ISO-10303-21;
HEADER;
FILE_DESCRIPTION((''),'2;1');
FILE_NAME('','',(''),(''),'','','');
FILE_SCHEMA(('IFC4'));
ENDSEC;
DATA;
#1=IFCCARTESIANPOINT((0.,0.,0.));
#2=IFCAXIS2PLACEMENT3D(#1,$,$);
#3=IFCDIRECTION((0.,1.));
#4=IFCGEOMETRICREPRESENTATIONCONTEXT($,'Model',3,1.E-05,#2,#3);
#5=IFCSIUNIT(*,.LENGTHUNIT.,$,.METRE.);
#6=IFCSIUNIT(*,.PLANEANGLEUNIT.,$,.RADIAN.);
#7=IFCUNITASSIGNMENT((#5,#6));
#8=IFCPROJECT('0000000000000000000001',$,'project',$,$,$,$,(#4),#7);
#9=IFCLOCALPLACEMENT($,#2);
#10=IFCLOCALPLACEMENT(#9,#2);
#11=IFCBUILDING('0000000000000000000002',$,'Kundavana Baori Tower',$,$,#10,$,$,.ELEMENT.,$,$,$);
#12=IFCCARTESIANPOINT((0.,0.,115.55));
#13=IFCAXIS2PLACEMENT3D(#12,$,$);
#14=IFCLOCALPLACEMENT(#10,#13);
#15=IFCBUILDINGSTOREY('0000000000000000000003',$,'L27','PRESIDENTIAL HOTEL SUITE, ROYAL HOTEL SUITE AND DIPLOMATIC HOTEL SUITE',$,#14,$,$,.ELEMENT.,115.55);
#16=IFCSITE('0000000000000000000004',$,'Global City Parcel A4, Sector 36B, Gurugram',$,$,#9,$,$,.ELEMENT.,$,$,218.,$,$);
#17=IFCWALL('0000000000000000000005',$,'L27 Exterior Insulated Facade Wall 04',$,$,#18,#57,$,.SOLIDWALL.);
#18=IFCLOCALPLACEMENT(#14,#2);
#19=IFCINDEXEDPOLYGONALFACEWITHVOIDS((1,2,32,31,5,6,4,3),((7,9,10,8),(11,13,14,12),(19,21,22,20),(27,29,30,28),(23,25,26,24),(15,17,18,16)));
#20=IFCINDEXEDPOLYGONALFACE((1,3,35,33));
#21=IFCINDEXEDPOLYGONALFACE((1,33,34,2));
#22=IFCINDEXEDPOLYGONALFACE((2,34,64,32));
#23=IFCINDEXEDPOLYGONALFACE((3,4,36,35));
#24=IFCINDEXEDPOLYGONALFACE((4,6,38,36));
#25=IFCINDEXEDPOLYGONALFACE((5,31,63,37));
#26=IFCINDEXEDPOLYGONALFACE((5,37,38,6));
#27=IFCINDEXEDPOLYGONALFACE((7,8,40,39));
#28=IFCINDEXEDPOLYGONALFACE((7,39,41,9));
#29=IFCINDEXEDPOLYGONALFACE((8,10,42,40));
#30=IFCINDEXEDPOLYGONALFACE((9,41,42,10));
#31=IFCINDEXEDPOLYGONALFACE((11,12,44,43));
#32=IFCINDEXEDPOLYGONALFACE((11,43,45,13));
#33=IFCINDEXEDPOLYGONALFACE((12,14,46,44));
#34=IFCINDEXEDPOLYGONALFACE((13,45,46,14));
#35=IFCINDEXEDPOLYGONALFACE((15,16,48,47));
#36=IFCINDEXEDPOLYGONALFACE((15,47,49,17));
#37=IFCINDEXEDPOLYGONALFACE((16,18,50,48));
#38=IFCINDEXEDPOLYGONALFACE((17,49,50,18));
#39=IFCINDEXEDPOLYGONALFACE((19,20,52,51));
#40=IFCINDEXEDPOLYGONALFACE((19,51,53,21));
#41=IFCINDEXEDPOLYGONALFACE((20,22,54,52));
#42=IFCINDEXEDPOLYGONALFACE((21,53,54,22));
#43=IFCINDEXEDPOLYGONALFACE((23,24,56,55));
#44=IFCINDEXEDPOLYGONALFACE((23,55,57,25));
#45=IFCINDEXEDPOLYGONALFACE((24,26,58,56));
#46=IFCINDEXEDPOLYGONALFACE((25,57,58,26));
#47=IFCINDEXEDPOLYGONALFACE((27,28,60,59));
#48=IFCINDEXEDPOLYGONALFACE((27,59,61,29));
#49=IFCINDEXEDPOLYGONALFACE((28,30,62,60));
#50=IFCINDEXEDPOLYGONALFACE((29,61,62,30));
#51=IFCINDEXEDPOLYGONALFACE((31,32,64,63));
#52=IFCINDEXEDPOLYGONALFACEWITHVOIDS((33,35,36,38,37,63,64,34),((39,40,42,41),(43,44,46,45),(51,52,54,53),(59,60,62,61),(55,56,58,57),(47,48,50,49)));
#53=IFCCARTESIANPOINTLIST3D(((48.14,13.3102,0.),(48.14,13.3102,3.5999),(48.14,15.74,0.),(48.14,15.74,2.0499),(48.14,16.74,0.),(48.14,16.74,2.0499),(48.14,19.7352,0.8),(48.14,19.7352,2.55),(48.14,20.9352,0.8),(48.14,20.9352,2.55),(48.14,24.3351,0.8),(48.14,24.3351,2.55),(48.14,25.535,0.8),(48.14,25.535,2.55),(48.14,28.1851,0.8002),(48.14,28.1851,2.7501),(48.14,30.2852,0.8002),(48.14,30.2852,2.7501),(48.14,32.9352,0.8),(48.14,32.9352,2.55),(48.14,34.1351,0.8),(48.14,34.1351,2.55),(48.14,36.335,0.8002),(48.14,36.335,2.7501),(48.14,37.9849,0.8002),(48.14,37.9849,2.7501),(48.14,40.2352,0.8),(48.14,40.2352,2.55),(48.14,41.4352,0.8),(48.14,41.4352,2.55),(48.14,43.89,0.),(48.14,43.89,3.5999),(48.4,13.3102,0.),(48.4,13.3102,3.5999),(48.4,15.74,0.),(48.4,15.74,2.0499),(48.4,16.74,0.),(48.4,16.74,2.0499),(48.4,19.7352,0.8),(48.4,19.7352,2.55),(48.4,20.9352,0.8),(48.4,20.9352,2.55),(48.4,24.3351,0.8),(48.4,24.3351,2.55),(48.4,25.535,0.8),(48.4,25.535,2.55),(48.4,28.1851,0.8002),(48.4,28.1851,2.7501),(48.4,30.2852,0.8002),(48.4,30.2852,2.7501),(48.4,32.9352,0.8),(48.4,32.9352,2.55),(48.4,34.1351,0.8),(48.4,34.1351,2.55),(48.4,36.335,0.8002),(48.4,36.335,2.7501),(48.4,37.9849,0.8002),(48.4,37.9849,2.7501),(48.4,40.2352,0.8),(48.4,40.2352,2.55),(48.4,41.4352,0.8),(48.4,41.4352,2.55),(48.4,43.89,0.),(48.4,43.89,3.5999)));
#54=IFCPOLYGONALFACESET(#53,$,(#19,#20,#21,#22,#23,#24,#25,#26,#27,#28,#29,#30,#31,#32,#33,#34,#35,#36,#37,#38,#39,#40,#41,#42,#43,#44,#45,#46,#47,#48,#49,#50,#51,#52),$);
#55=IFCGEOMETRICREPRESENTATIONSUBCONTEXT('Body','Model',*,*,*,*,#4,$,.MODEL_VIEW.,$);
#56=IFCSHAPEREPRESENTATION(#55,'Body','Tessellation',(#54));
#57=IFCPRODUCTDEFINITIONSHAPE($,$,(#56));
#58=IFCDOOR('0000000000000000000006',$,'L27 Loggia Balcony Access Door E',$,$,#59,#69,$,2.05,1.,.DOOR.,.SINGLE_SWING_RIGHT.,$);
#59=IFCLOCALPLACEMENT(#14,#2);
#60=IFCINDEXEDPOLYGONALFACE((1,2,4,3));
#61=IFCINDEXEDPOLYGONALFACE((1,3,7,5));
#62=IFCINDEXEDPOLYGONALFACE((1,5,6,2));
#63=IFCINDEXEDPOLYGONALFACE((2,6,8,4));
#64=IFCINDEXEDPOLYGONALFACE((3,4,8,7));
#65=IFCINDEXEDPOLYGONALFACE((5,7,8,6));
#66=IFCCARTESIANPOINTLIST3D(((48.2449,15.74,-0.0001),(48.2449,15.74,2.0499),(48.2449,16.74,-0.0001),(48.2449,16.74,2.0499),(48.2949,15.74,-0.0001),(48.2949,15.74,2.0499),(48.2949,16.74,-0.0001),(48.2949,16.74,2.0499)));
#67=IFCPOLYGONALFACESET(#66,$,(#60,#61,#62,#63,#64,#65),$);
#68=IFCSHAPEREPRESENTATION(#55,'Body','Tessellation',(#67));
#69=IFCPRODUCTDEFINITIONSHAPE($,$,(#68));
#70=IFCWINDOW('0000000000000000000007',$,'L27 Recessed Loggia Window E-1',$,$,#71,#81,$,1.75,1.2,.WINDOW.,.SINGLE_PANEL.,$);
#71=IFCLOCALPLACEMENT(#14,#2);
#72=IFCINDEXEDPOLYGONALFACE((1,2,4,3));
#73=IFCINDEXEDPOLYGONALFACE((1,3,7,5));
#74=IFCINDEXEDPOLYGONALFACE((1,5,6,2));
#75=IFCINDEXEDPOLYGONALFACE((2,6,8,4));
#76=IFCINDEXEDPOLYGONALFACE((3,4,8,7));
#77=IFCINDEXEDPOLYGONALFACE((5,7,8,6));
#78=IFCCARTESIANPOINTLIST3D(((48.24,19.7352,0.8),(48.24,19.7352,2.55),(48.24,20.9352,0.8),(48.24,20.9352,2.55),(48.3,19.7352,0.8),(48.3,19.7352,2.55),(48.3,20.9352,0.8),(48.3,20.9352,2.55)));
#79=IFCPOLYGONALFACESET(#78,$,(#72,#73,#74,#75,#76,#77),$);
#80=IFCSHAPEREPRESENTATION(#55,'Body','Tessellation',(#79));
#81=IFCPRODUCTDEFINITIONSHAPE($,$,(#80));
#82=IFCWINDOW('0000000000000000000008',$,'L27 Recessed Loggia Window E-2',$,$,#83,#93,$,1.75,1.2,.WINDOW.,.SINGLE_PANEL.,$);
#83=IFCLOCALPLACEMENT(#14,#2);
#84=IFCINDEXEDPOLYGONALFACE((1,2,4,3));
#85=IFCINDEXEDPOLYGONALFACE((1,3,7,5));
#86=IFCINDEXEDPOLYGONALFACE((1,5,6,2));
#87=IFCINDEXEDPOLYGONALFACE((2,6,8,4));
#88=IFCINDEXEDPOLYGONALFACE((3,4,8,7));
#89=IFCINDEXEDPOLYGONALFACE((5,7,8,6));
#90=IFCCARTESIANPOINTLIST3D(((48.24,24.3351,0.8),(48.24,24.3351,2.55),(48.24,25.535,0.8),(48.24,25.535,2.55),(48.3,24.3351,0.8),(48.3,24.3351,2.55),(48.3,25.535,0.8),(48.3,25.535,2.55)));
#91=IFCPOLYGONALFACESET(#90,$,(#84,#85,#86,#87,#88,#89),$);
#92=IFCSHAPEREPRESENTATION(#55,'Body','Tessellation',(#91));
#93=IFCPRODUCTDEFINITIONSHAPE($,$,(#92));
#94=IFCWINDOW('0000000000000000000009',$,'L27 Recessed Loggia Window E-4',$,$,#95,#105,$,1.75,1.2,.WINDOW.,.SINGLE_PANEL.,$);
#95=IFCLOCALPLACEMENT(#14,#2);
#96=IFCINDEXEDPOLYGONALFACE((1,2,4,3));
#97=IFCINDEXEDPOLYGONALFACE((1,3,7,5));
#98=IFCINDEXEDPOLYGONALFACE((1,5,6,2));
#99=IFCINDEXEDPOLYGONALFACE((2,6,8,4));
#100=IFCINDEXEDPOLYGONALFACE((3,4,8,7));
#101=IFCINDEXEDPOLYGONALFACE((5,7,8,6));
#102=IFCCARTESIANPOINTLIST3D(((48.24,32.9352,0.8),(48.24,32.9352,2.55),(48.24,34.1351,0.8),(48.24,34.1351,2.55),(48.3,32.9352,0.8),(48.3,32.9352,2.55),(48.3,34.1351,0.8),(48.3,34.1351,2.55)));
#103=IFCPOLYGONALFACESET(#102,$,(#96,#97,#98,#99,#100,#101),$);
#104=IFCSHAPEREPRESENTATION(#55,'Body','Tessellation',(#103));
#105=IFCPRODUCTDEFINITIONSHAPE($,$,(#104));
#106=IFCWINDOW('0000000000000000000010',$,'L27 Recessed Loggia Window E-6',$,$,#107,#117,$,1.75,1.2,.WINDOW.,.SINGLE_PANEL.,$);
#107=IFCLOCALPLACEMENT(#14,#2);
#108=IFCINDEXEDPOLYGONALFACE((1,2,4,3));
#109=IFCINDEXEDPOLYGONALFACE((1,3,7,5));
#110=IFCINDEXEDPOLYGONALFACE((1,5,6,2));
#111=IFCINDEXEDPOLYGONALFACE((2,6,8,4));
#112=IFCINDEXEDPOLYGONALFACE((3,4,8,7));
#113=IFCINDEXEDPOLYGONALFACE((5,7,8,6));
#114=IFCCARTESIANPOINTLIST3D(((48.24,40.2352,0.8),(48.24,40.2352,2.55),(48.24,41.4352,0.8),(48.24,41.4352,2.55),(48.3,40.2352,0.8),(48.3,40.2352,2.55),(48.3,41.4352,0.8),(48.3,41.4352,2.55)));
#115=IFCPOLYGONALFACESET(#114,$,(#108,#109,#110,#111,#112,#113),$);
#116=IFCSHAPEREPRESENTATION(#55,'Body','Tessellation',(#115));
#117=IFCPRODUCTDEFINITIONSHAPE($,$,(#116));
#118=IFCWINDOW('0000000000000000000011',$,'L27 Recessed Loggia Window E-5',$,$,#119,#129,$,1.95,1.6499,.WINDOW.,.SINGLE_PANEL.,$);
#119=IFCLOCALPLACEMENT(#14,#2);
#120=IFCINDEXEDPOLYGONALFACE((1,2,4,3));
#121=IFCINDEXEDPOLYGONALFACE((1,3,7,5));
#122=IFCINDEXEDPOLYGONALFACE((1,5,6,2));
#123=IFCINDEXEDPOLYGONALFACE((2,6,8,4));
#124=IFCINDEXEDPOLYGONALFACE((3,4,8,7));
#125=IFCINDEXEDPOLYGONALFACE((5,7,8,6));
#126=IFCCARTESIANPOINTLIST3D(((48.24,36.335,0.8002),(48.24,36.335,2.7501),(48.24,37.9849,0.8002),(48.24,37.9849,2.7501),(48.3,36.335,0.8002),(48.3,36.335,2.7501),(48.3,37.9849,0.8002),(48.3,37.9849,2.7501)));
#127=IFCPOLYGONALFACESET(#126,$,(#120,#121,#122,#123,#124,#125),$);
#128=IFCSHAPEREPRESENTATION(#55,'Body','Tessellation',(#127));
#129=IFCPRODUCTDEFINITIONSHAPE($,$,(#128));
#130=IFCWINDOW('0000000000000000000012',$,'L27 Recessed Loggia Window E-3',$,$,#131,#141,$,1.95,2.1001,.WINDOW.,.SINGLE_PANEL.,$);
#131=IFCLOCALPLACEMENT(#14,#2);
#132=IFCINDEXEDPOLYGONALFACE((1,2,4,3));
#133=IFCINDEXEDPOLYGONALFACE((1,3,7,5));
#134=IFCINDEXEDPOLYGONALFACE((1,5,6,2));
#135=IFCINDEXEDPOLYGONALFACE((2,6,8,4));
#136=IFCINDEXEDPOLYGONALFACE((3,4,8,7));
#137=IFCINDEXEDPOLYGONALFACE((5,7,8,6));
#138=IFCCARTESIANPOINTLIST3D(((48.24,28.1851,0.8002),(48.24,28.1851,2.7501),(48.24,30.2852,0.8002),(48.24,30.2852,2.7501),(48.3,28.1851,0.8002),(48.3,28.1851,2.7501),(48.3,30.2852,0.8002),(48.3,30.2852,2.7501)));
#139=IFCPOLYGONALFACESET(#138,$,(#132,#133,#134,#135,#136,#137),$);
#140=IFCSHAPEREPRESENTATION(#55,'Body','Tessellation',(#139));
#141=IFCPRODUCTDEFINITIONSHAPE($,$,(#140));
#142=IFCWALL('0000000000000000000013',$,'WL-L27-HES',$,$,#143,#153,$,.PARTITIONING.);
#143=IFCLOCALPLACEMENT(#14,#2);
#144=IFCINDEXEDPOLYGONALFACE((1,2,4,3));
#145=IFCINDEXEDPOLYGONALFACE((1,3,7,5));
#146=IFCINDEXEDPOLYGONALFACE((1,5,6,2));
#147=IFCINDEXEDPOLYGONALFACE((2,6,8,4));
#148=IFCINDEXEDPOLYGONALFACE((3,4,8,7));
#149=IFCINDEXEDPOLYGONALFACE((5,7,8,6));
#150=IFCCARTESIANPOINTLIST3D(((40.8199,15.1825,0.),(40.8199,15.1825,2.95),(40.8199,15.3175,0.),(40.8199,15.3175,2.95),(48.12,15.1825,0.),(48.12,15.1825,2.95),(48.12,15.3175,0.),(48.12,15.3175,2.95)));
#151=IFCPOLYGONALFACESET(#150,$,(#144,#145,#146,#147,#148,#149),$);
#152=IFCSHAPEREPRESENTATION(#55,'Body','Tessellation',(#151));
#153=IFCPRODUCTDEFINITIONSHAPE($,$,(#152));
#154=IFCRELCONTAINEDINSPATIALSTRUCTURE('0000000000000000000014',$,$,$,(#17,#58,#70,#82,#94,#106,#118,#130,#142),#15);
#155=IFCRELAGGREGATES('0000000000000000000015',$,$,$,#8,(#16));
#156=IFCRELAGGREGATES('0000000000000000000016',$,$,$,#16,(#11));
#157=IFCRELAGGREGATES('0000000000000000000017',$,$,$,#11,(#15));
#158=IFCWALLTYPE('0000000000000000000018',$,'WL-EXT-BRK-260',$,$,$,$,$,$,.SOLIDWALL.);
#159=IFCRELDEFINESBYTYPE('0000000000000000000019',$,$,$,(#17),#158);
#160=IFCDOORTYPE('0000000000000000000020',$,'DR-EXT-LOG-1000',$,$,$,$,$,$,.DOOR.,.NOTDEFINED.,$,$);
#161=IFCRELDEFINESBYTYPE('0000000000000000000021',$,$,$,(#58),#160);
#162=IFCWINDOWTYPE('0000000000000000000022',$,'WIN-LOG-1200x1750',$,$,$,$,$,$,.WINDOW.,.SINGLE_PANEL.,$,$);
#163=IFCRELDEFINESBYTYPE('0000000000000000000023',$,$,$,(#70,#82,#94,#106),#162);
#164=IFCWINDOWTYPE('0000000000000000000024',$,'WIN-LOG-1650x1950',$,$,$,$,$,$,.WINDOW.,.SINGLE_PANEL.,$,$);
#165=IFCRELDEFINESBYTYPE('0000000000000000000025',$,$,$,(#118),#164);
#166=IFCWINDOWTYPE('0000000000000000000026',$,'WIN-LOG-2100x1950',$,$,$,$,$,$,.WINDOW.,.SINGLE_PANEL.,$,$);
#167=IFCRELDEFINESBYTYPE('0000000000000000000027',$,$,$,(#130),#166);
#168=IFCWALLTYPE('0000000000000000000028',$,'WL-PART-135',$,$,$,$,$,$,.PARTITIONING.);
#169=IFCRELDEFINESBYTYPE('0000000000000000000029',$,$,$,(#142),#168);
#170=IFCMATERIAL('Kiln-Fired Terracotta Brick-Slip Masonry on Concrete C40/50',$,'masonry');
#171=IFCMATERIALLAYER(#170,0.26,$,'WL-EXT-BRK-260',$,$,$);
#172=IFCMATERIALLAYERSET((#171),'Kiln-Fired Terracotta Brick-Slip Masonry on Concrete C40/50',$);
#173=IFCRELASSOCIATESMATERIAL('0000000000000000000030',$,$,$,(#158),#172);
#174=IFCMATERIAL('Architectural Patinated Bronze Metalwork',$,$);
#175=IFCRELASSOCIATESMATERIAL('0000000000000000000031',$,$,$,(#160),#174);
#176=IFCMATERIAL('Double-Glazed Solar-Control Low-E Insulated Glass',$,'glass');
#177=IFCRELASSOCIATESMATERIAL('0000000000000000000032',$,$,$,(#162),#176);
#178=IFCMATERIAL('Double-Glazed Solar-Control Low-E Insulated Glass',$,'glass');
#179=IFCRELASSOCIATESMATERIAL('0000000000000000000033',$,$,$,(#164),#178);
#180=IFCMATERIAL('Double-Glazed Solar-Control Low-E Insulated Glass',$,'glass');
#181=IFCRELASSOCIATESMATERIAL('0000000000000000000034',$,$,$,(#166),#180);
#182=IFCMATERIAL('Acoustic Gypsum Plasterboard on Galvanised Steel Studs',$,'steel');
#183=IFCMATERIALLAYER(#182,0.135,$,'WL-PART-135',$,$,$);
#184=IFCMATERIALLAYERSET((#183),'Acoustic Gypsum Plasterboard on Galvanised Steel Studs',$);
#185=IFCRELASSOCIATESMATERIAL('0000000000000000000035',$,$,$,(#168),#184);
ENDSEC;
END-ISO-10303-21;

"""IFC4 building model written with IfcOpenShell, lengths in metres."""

from ifc_helpers import new_model, si_unit, direction, frame, frame_2d, origin, place, context, subcontext, project, spatial, rectangle, extrude, material, layer, layer_set, type_object, element, fill, save


model = new_model("IFC4")

# Units and contexts
model_context = context("Model", 3, precision=1e-05, world=origin(), true_north=direction((0.0, 1.0)))
body_context = subcontext(model_context, "Body", "Model", "MODEL_VIEW")
ifc_project = project(units=[si_unit("LENGTHUNIT", "METRE"), si_unit("PLANEANGLEUNIT", "RADIAN")], contexts=[model_context])

# Site, building, storey
site_placement = place(None, origin())
site = spatial("IfcSite", under=ifc_project, at=site_placement, Name="Global City Parcel A4, Sector 36B, Gurugram", CompositionType="ELEMENT", RefElevation=218.0)
building_placement = place(site_placement, origin())
building = spatial("IfcBuilding", under=site, at=building_placement, Name="Kundavana Baori Tower", CompositionType="ELEMENT")
storey_placement = place(building_placement, frame((0.0, 0.0, 115.55)))
storey = spatial("IfcBuildingStorey", under=building, at=storey_placement, Name="L27", Description="PRESIDENTIAL HOTEL SUITE, ROYAL HOTEL SUITE AND DIPLOMATIC HOTEL SUITE", CompositionType="ELEMENT", Elevation=115.55)

# Shared definitions
ifc_material_1 = material(Name="Kiln-Fired Terracotta Brick-Slip Masonry on Concrete C40/50", Category="masonry")
ifc_layer_1 = layer(ifc_material_1, 0.26, Name="WL-EXT-BRK-260")
ifc_layer_set_1 = layer_set([ifc_layer_1], Name="Kiln-Fired Terracotta Brick-Slip Masonry on Concrete C40/50")
wall_type_1 = type_object("IfcWallType", Name="WL-EXT-BRK-260", PredefinedType="SOLIDWALL", material=ifc_layer_set_1)

# Wall, openings, door, windows
wall_1_placement = place(storey_placement, frame((48.27, 13.3101, 0.0), z_axis=(0.0, 0.0, 1.0), x_axis=(0.0, 1.0, 0.0)))
wall_1 = element("IfcWall", 1, at=wall_1_placement, inside=storey, type_object=wall_type_1, Name="L27 Exterior Insulated Facade Wall 04", PredefinedType="SOLIDWALL", context=body_context, shape_type="SweptSolid", body=[
    extrude(rectangle(XDim=30.5798, YDim=0.26, at=frame_2d((15.29, 0.0))), origin(), (0.0, 0.0, 1.0), 3.5999),
])
opening_1_placement = place(wall_1_placement, frame((2.4299, 0.0, 0.0)))
opening_1 = element("IfcOpeningElement", 2, at=opening_1_placement, cuts=wall_1, PredefinedType="OPENING", context=body_context, shape_type="SweptSolid", body=[
    extrude(rectangle(XDim=1.0, YDim=2.05, at=frame_2d((0.5, 1.0249))), frame((0.0, 0.1401, 0.0), z_axis=(0.0, -1.0, 0.0), x_axis=(1.0, 0.0, 0.0)), (0.0, 0.0, 1.0), 0.28),
])
opening_2_placement = place(wall_1_placement, frame((6.425, 0.0, 0.8)))
opening_2 = element("IfcOpeningElement", 3, at=opening_2_placement, cuts=wall_1, PredefinedType="OPENING", context=body_context, shape_type="SweptSolid", body=[
    extrude(rectangle(XDim=1.2, YDim=1.75, at=frame_2d((0.6001, 0.875))), frame((0.0, 0.1401, 0.0), z_axis=(0.0, -1.0, 0.0), x_axis=(1.0, 0.0, 0.0)), (0.0, 0.0, 1.0), 0.28),
])
opening_3_placement = place(wall_1_placement, frame((11.0249, 0.0, 0.8)))
opening_3 = element("IfcOpeningElement", 4, at=opening_3_placement, cuts=wall_1, PredefinedType="OPENING", context=body_context, shape_type="SweptSolid", body=[
    extrude(rectangle(XDim=1.2, YDim=1.75, at=frame_2d((0.6001, 0.875))), frame((0.0, 0.1401, 0.0), z_axis=(0.0, -1.0, 0.0), x_axis=(1.0, 0.0, 0.0)), (0.0, 0.0, 1.0), 0.28),
])
opening_4_placement = place(wall_1_placement, frame((14.875, 0.0, 0.8)))
opening_4 = element("IfcOpeningElement", 5, at=opening_4_placement, cuts=wall_1, PredefinedType="OPENING", context=body_context, shape_type="SweptSolid", body=[
    extrude(rectangle(XDim=2.1001, YDim=1.95, at=frame_2d((1.05, 0.9751))), frame((0.0, 0.1401, 0.0), z_axis=(0.0, -1.0, 0.0), x_axis=(1.0, 0.0, 0.0)), (0.0, 0.0, 1.0), 0.28),
])
opening_5_placement = place(wall_1_placement, frame((19.625, 0.0, 0.8)))
opening_5 = element("IfcOpeningElement", 6, at=opening_5_placement, cuts=wall_1, PredefinedType="OPENING", context=body_context, shape_type="SweptSolid", body=[
    extrude(rectangle(XDim=1.2, YDim=1.75, at=frame_2d((0.6001, 0.875))), frame((0.0, 0.1401, 0.0), z_axis=(0.0, -1.0, 0.0), x_axis=(1.0, 0.0, 0.0)), (0.0, 0.0, 1.0), 0.28),
])
opening_6_placement = place(wall_1_placement, frame((23.0249, 0.0, 0.8)))
opening_6 = element("IfcOpeningElement", 7, at=opening_6_placement, cuts=wall_1, PredefinedType="OPENING", context=body_context, shape_type="SweptSolid", body=[
    extrude(rectangle(XDim=1.6499, YDim=1.95, at=frame_2d((0.825, 0.9751))), frame((0.0, 0.1401, 0.0), z_axis=(0.0, -1.0, 0.0), x_axis=(1.0, 0.0, 0.0)), (0.0, 0.0, 1.0), 0.28),
])
opening_7_placement = place(wall_1_placement, frame((26.925, 0.0, 0.8)))
opening_7 = element("IfcOpeningElement", 8, at=opening_7_placement, cuts=wall_1, PredefinedType="OPENING", context=body_context, shape_type="SweptSolid", body=[
    extrude(rectangle(XDim=1.2, YDim=1.75, at=frame_2d((0.6001, 0.875))), frame((0.0, 0.1401, 0.0), z_axis=(0.0, -1.0, 0.0), x_axis=(1.0, 0.0, 0.0)), (0.0, 0.0, 1.0), 0.28),
])
ifc_material_2 = material(Name="Architectural Patinated Bronze Metalwork")
door_type_1 = type_object("IfcDoorType", Name="DR-EXT-LOG-1000", OperationType="NOTDEFINED", PredefinedType="DOOR", material=ifc_material_2)
door_1_placement = place(opening_1_placement, frame((1.0, 0.0, 0.0), z_axis=(0.0, 0.0, 1.0), x_axis=(-1.0, 0.0, 0.0)))
door_1 = element("IfcDoor", 9, at=door_1_placement, inside=storey, type_object=door_type_1, Name="L27 Loggia Balcony Access Door E", OperationType="SINGLE_SWING_RIGHT", OverallHeight=2.05, OverallWidth=1.0, PredefinedType="DOOR", context=body_context, shape_type="SweptSolid", body=[
    extrude(rectangle(XDim=1.0, YDim=2.05, at=frame_2d((0.5, 1.0249))), frame((0.0, 0.0249, 0.0), z_axis=(0.0, -1.0, 0.0), x_axis=(1.0, 0.0, 0.0)), (0.0, 0.0, 1.0), 0.05),
])
fill(opening_1, door_1)
ifc_material_3 = material(Name="Double-Glazed Solar-Control Low-E Insulated Glass", Category="glass")
window_type_1 = type_object("IfcWindowType", Name="WIN-LOG-1200x1750", PartitioningType="SINGLE_PANEL", PredefinedType="WINDOW", material=ifc_material_3)
window_1_placement = place(opening_2_placement, origin())
window_1 = element("IfcWindow", 10, at=window_1_placement, inside=storey, type_object=window_type_1, Name="L27 Recessed Loggia Window E-1", OverallHeight=1.75, OverallWidth=1.2, PartitioningType="SINGLE_PANEL", PredefinedType="WINDOW", context=body_context, shape_type="SweptSolid", body=[
    extrude(rectangle(XDim=1.2, YDim=1.75, at=frame_2d((0.6001, 0.875))), frame((0.0, 0.03, 0.0), z_axis=(0.0, -1.0, 0.0), x_axis=(1.0, 0.0, 0.0)), (0.0, 0.0, 1.0), 0.0601),
])
fill(opening_2, window_1)
window_2_placement = place(opening_3_placement, origin())
window_2 = element("IfcWindow", 11, at=window_2_placement, inside=storey, type_object=window_type_1, Name="L27 Recessed Loggia Window E-2", OverallHeight=1.75, OverallWidth=1.2, PartitioningType="SINGLE_PANEL", PredefinedType="WINDOW", context=body_context, shape_type="SweptSolid", body=[
    extrude(rectangle(XDim=1.2, YDim=1.75, at=frame_2d((0.6001, 0.875))), frame((0.0, 0.03, 0.0), z_axis=(0.0, -1.0, 0.0), x_axis=(1.0, 0.0, 0.0)), (0.0, 0.0, 1.0), 0.0601),
])
fill(opening_3, window_2)
window_3_placement = place(opening_5_placement, origin())
window_3 = element("IfcWindow", 12, at=window_3_placement, inside=storey, type_object=window_type_1, Name="L27 Recessed Loggia Window E-4", OverallHeight=1.75, OverallWidth=1.2, PartitioningType="SINGLE_PANEL", PredefinedType="WINDOW", context=body_context, shape_type="SweptSolid", body=[
    extrude(rectangle(XDim=1.2, YDim=1.75, at=frame_2d((0.6001, 0.875))), frame((0.0, 0.03, 0.0), z_axis=(0.0, -1.0, 0.0), x_axis=(1.0, 0.0, 0.0)), (0.0, 0.0, 1.0), 0.0601),
])
fill(opening_5, window_3)
window_4_placement = place(opening_7_placement, origin())
window_4 = element("IfcWindow", 13, at=window_4_placement, inside=storey, type_object=window_type_1, Name="L27 Recessed Loggia Window E-6", OverallHeight=1.75, OverallWidth=1.2, PartitioningType="SINGLE_PANEL", PredefinedType="WINDOW", context=body_context, shape_type="SweptSolid", body=[
    extrude(rectangle(XDim=1.2, YDim=1.75, at=frame_2d((0.6001, 0.875))), frame((0.0, 0.03, 0.0), z_axis=(0.0, -1.0, 0.0), x_axis=(1.0, 0.0, 0.0)), (0.0, 0.0, 1.0), 0.0601),
])
fill(opening_7, window_4)
ifc_material_4 = material(Name="Double-Glazed Solar-Control Low-E Insulated Glass", Category="glass")
window_type_2 = type_object("IfcWindowType", Name="WIN-LOG-1650x1950", PartitioningType="SINGLE_PANEL", PredefinedType="WINDOW", material=ifc_material_4)
window_5_placement = place(opening_6_placement, origin())
window_5 = element("IfcWindow", 14, at=window_5_placement, inside=storey, type_object=window_type_2, Name="L27 Recessed Loggia Window E-5", OverallHeight=1.95, OverallWidth=1.6499, PartitioningType="SINGLE_PANEL", PredefinedType="WINDOW", context=body_context, shape_type="SweptSolid", body=[
    extrude(rectangle(XDim=1.6499, YDim=1.95, at=frame_2d((0.825, 0.9751))), frame((0.0, 0.03, 0.0), z_axis=(0.0, -1.0, 0.0), x_axis=(1.0, 0.0, 0.0)), (0.0, 0.0, 1.0), 0.0601),
])
fill(opening_6, window_5)
ifc_material_5 = material(Name="Double-Glazed Solar-Control Low-E Insulated Glass", Category="glass")
window_type_3 = type_object("IfcWindowType", Name="WIN-LOG-2100x1950", PartitioningType="SINGLE_PANEL", PredefinedType="WINDOW", material=ifc_material_5)
window_6_placement = place(opening_4_placement, origin())
window_6 = element("IfcWindow", 15, at=window_6_placement, inside=storey, type_object=window_type_3, Name="L27 Recessed Loggia Window E-3", OverallHeight=1.95, OverallWidth=2.1001, PartitioningType="SINGLE_PANEL", PredefinedType="WINDOW", context=body_context, shape_type="SweptSolid", body=[
    extrude(rectangle(XDim=2.1001, YDim=1.95, at=frame_2d((1.05, 0.9751))), frame((0.0, 0.03, 0.0), z_axis=(0.0, -1.0, 0.0), x_axis=(1.0, 0.0, 0.0)), (0.0, 0.0, 1.0), 0.0601),
])
fill(opening_4, window_6)

# Wall
ifc_material_6 = material(Name="Acoustic Gypsum Plasterboard on Galvanised Steel Studs", Category="steel")
ifc_layer_2 = layer(ifc_material_6, 0.135, Name="WL-PART-135")
ifc_layer_set_2 = layer_set([ifc_layer_2], Name="Acoustic Gypsum Plasterboard on Galvanised Steel Studs")
wall_type_2 = type_object("IfcWallType", Name="WL-PART-135", PredefinedType="PARTITIONING", material=ifc_layer_set_2)
wall_2_placement = place(storey_placement, frame((40.8201, 15.25, 0.0), z_axis=(0.0, 0.0, 1.0), x_axis=(1.0, 0.0, 0.0)))
element("IfcWall", 16, at=wall_2_placement, inside=storey, type_object=wall_type_2, Name="WL-L27-HES", PredefinedType="PARTITIONING", context=body_context, shape_type="SweptSolid", body=[
    extrude(rectangle(XDim=7.3, YDim=0.135, at=frame_2d((3.6499, 0.0))), origin(), (0.0, 0.0, 1.0), 2.95),
])

save(model, "model.ifc")
